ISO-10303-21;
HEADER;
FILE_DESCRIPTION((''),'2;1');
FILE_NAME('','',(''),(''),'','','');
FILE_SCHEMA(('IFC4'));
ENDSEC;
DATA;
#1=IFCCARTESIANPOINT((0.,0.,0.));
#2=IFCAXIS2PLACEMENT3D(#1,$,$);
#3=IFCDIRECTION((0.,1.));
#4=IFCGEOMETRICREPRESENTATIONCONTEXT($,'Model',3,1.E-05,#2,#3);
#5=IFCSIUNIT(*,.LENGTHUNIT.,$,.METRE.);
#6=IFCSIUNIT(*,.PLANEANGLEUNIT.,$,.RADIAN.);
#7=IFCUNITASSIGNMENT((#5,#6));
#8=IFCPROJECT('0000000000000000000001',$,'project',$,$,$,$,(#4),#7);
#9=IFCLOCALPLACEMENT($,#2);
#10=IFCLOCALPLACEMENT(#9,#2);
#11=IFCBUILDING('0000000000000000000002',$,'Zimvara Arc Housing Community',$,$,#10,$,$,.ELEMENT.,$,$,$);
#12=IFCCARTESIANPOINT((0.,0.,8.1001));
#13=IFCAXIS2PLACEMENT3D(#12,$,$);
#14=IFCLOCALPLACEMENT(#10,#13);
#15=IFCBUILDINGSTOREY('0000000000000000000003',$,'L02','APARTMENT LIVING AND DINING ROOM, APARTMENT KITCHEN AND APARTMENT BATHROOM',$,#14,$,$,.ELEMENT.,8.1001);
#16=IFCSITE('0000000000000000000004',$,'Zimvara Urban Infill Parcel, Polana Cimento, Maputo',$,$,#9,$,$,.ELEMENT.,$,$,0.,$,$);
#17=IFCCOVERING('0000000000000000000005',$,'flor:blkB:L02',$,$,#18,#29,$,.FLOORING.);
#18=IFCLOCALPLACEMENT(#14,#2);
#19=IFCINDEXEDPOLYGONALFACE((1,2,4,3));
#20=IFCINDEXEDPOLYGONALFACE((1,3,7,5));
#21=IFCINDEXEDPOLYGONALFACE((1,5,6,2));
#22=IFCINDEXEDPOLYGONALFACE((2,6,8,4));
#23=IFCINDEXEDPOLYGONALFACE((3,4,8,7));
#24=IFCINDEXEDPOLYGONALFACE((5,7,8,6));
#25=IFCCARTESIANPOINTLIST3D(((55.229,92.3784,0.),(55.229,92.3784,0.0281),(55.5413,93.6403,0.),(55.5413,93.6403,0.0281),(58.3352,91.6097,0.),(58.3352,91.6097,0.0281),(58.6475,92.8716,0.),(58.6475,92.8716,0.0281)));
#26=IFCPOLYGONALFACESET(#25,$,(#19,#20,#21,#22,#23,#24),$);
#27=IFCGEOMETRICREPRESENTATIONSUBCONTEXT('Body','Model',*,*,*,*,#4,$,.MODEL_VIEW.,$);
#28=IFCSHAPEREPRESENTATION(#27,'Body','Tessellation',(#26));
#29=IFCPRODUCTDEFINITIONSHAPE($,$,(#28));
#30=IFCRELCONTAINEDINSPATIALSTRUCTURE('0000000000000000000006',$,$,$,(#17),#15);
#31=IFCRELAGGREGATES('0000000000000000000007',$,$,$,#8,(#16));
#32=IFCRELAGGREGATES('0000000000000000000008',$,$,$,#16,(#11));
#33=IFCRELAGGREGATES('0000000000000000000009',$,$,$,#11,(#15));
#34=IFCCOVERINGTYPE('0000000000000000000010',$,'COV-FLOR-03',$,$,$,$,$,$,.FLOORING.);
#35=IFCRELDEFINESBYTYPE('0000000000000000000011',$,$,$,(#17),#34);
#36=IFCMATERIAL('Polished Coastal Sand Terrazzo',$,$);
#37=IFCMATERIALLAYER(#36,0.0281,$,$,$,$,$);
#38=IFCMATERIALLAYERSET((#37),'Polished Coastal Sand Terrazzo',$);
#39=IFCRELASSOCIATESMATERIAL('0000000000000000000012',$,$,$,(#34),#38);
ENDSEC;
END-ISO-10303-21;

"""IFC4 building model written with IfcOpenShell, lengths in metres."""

from ifc_helpers import new_model, si_unit, direction, frame, origin, origin_2d, place, context, subcontext, project, spatial, rectangle, extrude, material, layer, layer_set, type_object, element, save


model = new_model("IFC4")

# Units and contexts
model_context = context("Model", 3, precision=1e-05, world=origin(), true_north=direction((0.0, 1.0)))
body_context = subcontext(model_context, "Body", "Model", "MODEL_VIEW")
ifc_project = project(units=[si_unit("LENGTHUNIT", "METRE"), si_unit("PLANEANGLEUNIT", "RADIAN")], contexts=[model_context])

# Site, building, storey
site_placement = place(None, origin())
site = spatial("IfcSite", under=ifc_project, at=site_placement, Name="Zimvara Urban Infill Parcel, Polana Cimento, Maputo", CompositionType="ELEMENT", RefElevation=0.0)
building_placement = place(site_placement, origin())
building = spatial("IfcBuilding", under=site, at=building_placement, Name="Zimvara Arc Housing Community", CompositionType="ELEMENT")
storey_placement = place(building_placement, frame((0.0, 0.0, 8.1001)))
storey = spatial("IfcBuildingStorey", under=building, at=storey_placement, Name="L02", Description="APARTMENT LIVING AND DINING ROOM, APARTMENT KITCHEN AND APARTMENT BATHROOM", CompositionType="ELEMENT", Elevation=8.1001)

# Covering
ifc_material_1 = material(Name="Polished Coastal Sand Terrazzo")
ifc_layer_1 = layer(ifc_material_1, 0.0281)
ifc_layer_set_1 = layer_set([ifc_layer_1], Name="Polished Coastal Sand Terrazzo")
covering_type_1 = type_object("IfcCoveringType", Name="COV-FLOR-03", PredefinedType="FLOORING", material=ifc_layer_set_1)
covering_1_placement = place(storey_placement, frame((56.9382, 92.625, 0.0), z_axis=(0.0, 0.0, 1.0), x_axis=(0.240228, 0.970716, 0.0)))
element("IfcCovering", 1, at=covering_1_placement, inside=storey, type_object=covering_type_1, Name="flor:blkB:L02", PredefinedType="FLOORING", context=body_context, shape_type="SweptSolid", body=[
    extrude(rectangle(XDim=1.3, YDim=3.2, at=origin_2d()), origin(), (0.0, 0.0, 1.0), 0.0281),
])

save(model, "model.ifc")
